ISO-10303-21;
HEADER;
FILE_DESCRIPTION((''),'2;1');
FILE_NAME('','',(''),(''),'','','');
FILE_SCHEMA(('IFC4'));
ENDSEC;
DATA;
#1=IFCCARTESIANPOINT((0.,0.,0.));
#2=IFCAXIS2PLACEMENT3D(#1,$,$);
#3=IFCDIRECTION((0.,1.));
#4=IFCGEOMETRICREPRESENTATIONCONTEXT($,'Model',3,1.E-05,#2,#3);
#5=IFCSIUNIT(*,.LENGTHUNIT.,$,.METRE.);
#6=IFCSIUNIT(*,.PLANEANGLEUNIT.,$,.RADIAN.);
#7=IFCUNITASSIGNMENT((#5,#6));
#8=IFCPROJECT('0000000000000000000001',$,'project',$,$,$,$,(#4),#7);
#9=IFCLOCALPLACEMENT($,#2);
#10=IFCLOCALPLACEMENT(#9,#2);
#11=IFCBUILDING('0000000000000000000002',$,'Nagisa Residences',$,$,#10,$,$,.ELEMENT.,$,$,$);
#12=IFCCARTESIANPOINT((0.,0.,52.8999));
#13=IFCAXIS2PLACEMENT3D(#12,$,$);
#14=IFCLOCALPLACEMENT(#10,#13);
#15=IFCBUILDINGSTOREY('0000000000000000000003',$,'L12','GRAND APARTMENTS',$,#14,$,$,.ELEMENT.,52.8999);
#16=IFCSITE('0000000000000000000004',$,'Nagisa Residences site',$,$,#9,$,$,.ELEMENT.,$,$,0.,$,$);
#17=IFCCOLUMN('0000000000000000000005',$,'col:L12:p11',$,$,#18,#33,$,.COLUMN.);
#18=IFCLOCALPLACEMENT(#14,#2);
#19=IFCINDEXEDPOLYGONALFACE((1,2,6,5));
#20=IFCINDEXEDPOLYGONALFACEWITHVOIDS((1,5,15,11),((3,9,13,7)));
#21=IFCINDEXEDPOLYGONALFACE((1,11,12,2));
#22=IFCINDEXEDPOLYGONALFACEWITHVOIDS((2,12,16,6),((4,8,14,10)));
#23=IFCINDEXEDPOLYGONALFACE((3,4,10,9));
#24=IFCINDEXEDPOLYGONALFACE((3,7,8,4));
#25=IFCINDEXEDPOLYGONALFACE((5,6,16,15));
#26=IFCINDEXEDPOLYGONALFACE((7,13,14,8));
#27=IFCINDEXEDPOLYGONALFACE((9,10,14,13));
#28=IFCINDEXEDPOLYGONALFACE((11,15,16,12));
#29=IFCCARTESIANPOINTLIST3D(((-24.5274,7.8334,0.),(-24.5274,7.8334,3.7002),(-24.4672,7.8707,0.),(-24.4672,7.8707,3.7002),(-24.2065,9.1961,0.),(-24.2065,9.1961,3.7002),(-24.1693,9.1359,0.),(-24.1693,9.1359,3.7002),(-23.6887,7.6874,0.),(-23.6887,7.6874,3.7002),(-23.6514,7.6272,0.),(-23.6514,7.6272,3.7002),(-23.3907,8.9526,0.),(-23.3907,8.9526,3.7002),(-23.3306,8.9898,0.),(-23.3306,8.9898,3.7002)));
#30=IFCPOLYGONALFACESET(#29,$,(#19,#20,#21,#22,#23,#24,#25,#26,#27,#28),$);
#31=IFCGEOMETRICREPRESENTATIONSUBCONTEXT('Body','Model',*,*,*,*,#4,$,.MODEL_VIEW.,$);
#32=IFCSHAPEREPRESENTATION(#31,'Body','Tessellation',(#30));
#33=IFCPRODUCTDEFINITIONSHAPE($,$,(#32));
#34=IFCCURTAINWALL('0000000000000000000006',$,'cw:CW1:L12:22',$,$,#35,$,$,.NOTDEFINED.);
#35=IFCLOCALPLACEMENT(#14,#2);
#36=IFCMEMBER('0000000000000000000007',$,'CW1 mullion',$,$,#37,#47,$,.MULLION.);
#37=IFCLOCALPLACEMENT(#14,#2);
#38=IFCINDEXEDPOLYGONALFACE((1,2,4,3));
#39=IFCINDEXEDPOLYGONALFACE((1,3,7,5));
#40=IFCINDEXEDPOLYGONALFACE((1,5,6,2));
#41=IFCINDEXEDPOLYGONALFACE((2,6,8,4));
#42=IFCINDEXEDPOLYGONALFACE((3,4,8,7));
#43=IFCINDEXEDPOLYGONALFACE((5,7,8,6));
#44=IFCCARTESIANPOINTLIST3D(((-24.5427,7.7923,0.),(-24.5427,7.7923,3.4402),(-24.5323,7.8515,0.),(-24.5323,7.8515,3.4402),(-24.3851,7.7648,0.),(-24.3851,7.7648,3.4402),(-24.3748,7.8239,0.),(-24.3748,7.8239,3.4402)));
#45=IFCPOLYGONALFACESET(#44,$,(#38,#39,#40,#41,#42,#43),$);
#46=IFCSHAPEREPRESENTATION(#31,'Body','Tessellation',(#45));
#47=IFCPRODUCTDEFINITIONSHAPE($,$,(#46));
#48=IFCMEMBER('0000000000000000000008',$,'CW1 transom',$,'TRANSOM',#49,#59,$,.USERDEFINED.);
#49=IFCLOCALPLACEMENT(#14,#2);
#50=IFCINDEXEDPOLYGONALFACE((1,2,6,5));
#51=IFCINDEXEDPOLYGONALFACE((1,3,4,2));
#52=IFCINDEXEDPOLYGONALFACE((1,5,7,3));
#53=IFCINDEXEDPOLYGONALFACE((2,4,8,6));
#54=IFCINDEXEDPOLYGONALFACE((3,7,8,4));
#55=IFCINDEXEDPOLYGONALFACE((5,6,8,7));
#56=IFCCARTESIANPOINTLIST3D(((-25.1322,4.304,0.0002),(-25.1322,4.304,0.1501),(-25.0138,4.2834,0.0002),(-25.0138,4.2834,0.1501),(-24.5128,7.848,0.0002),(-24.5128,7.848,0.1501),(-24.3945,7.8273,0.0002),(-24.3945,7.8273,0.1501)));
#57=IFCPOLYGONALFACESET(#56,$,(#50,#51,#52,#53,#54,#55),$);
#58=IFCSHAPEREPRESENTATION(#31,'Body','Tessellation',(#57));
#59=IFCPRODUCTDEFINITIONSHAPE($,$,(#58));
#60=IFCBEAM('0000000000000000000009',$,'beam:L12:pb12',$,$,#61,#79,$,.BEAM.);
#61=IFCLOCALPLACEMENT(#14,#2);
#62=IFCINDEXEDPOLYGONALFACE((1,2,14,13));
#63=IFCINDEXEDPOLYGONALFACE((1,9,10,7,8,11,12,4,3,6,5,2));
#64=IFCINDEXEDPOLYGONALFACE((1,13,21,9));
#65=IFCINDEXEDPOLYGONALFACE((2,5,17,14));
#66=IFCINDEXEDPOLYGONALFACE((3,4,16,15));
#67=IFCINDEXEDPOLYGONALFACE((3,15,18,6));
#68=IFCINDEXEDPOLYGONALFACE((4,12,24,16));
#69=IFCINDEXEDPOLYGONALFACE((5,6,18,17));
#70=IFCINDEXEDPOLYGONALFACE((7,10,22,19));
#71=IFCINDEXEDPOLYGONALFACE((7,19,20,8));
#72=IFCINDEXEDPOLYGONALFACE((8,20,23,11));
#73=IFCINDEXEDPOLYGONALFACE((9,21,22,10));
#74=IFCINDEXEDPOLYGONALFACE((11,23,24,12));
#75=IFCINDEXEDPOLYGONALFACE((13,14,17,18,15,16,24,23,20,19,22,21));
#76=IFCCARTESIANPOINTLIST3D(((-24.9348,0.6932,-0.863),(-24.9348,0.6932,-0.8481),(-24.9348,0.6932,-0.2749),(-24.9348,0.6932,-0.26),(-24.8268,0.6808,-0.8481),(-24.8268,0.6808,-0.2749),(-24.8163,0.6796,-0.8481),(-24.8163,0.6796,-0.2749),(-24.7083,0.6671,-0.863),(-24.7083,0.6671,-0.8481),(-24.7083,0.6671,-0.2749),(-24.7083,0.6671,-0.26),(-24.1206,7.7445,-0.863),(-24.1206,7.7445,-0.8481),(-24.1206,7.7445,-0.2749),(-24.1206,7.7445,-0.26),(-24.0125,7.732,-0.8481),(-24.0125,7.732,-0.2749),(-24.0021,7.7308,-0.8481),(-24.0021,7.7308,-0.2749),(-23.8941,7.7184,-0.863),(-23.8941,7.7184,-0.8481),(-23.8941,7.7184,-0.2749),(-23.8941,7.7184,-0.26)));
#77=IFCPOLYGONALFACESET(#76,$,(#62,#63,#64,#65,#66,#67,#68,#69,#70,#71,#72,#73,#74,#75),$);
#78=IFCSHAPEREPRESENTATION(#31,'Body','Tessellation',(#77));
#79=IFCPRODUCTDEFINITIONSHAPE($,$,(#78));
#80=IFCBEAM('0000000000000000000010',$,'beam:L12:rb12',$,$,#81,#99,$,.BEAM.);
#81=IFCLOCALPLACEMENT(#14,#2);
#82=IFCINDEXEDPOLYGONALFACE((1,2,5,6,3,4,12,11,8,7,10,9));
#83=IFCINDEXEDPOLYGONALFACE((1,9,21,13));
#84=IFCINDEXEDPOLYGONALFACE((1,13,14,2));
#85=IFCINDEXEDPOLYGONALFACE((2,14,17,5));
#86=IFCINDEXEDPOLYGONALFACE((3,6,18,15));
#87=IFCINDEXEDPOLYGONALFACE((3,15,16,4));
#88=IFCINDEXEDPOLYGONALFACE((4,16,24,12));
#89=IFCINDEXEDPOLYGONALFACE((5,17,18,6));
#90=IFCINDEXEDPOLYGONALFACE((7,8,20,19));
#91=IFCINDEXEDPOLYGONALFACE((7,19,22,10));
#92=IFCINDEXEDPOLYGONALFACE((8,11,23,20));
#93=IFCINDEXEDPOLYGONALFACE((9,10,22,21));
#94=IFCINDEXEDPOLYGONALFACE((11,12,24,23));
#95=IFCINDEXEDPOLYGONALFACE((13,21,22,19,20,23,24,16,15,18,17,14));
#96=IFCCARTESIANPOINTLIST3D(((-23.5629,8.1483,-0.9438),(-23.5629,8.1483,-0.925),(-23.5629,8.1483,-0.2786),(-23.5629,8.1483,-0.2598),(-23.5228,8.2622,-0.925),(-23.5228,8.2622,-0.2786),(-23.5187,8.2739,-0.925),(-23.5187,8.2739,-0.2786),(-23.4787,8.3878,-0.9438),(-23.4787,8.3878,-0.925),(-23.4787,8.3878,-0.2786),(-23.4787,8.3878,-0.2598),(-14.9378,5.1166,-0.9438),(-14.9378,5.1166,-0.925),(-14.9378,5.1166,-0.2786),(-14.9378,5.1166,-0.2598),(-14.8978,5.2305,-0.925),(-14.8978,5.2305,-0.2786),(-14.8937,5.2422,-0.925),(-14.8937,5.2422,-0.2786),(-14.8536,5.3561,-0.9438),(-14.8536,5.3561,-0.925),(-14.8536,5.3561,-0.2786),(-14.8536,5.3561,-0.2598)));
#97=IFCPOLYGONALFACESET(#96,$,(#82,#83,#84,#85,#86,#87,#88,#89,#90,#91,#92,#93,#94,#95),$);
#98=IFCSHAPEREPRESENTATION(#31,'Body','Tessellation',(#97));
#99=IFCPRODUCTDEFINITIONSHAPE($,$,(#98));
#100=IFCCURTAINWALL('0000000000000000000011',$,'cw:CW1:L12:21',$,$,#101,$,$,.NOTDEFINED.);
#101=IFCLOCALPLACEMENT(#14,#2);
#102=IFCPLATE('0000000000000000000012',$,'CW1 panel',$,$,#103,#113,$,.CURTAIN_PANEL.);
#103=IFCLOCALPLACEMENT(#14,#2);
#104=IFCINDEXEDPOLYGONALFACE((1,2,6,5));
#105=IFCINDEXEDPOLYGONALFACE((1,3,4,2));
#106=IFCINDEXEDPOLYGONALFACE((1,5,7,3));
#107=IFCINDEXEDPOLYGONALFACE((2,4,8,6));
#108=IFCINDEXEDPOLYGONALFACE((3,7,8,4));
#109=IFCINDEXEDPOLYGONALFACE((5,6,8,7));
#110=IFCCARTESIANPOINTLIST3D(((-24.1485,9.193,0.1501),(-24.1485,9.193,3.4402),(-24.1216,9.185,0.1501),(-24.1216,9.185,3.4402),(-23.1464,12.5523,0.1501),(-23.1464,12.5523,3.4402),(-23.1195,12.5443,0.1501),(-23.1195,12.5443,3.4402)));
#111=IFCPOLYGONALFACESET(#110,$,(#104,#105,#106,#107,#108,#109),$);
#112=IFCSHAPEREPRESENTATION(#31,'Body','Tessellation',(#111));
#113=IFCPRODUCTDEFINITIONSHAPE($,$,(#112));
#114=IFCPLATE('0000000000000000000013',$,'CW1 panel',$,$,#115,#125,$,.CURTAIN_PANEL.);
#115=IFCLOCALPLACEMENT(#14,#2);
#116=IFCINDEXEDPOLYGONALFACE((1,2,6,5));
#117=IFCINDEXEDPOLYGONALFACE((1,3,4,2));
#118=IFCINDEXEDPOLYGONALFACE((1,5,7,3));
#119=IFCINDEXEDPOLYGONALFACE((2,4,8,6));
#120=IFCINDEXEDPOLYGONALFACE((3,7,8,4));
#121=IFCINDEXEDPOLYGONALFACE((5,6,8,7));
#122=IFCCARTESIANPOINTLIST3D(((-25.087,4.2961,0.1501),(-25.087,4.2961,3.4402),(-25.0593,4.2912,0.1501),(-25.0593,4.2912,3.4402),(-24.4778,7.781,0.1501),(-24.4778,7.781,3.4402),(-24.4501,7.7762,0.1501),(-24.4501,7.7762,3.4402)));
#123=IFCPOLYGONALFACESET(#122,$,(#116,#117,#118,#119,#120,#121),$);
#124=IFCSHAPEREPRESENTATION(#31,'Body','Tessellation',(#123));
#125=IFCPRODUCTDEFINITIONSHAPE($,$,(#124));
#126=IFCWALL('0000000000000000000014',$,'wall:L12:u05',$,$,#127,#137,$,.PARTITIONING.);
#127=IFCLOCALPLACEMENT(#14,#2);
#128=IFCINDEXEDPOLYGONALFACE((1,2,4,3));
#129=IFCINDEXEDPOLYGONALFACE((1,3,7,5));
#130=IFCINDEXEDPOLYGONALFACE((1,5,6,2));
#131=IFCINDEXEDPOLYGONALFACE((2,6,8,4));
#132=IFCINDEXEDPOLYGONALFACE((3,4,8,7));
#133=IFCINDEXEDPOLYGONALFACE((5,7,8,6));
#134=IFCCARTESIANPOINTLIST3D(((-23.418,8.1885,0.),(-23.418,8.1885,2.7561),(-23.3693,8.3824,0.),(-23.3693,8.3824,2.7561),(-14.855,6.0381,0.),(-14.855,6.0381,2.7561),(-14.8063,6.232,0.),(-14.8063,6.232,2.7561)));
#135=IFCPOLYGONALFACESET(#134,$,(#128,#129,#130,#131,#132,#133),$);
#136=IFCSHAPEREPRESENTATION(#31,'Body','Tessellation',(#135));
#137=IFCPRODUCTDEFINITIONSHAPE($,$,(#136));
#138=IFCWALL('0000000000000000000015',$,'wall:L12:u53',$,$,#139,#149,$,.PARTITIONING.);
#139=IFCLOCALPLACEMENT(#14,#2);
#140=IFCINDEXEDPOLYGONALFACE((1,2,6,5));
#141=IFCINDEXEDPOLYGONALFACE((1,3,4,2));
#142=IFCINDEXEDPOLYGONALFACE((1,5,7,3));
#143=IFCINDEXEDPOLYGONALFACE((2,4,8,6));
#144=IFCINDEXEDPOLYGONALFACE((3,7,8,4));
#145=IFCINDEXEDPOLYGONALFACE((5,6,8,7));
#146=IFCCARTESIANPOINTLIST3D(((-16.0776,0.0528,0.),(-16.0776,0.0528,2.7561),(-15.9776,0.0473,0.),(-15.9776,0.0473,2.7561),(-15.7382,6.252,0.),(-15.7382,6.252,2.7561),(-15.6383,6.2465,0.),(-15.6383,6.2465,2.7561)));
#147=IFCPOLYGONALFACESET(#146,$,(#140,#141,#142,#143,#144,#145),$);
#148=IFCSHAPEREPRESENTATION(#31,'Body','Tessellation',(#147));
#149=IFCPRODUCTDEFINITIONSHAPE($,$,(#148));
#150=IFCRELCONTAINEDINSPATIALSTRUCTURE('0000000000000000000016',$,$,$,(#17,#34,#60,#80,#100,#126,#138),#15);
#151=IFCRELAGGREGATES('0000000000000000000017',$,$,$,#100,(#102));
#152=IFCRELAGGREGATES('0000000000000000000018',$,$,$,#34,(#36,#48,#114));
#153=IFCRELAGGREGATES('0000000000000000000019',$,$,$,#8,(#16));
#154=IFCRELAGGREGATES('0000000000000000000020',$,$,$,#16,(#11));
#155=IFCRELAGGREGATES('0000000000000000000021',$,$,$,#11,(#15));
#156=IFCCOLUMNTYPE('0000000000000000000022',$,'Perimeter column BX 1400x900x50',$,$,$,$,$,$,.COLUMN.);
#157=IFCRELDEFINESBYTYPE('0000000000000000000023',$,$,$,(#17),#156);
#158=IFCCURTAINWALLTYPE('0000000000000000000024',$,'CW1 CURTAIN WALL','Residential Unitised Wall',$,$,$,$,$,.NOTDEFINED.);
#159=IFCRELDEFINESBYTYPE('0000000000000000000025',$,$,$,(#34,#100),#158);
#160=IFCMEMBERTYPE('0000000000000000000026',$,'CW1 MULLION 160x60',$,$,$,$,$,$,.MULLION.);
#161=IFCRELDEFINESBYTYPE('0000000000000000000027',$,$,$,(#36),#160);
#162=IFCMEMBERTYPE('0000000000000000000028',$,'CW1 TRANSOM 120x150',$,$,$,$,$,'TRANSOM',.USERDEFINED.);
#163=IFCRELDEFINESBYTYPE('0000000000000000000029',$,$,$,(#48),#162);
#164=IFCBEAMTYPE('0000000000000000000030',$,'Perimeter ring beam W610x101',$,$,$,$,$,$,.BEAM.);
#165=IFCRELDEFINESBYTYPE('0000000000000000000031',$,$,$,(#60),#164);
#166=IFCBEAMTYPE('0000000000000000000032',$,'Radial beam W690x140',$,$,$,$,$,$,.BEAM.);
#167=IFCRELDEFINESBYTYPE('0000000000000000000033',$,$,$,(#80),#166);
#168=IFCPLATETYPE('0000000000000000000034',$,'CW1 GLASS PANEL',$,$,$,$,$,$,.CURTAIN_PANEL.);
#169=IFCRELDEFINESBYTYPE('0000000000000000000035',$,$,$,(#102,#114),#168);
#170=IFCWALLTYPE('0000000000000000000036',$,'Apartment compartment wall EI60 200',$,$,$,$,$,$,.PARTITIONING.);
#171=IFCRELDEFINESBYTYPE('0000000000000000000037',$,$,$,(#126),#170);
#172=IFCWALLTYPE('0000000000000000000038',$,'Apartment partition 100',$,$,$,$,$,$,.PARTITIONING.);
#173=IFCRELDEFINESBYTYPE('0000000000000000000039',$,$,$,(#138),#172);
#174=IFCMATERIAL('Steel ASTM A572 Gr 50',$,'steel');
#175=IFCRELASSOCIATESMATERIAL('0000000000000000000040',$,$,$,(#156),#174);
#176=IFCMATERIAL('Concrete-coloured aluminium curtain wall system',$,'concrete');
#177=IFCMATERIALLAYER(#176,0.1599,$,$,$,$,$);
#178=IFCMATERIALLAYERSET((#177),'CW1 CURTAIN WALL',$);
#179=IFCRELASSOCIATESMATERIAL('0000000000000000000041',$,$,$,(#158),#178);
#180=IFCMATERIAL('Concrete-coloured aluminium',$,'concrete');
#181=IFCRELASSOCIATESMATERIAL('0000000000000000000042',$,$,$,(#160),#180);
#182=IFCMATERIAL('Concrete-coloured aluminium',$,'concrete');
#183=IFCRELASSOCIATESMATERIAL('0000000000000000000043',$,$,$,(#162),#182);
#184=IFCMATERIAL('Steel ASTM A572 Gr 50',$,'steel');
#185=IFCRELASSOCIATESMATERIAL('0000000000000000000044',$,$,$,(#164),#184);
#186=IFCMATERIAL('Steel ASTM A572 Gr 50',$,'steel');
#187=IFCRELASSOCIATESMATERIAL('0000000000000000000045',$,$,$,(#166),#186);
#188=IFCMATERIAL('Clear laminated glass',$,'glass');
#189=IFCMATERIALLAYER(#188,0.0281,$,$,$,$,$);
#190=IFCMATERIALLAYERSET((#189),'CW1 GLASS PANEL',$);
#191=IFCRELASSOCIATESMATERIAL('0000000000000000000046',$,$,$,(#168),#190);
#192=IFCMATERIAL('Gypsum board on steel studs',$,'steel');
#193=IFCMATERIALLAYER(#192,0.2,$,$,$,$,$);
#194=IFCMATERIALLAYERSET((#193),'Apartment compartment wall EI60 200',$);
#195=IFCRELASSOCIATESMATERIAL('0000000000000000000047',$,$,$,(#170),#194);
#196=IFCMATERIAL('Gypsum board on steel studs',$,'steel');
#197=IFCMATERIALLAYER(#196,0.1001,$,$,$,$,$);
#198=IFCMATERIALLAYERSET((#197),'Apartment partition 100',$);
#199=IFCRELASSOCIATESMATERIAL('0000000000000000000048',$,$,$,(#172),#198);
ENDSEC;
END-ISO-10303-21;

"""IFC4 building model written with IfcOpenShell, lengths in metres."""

from ifc_helpers import new_model, si_unit, direction, frame, frame_2d, origin, origin_2d, place, context, subcontext, project, spatial, rectangle, hollow_rectangle, i_section, extrude, material, layer, layer_set, material_profile, profile_set, type_object, element, aggregate, save


model = new_model("IFC4")

# Units and contexts
model_context = context("Model", 3, precision=1e-05, world=origin(), true_north=direction((0.0, 1.0)))
body_context = subcontext(model_context, "Body", "Model", "MODEL_VIEW")
ifc_project = project(units=[si_unit("LENGTHUNIT", "METRE"), si_unit("PLANEANGLEUNIT", "RADIAN")], contexts=[model_context])

# Site, building, storey
site_placement = place(None, origin())
site = spatial("IfcSite", under=ifc_project, at=site_placement, Name="Nagisa Residences site", CompositionType="ELEMENT", RefElevation=0.0)
building_placement = place(site_placement, origin())
building = spatial("IfcBuilding", under=site, at=building_placement, Name="Nagisa Residences", CompositionType="ELEMENT")
storey_placement = place(building_placement, frame((0.0, 0.0, 52.8999)))
storey = spatial("IfcBuildingStorey", under=building, at=storey_placement, Name="L12", Description="GRAND APARTMENTS", CompositionType="ELEMENT", Elevation=52.8999)

# Column
ifc_material_1 = material(Name="Steel ASTM A572 Gr 50", Category="steel")
ifc_material_profile_1 = material_profile(ifc_material_1, hollow_rectangle(XDim=1.3999, YDim=0.8999, WallThickness=0.05, at=origin_2d()), Name="BX 1400x900x50")
ifc_profile_set_1 = profile_set([ifc_material_profile_1], Name="Steel ASTM A572 Gr 50")
column_type = type_object("IfcColumnType", Name="Perimeter column BX 1400x900x50", PredefinedType="COLUMN", material=ifc_profile_set_1)
column_placement = place(storey_placement, frame((-23.929, 8.4116, 0.0), z_axis=(0.0, 0.0, 1.0), x_axis=(-0.229202, -0.973379, 0.0)))
element("IfcColumn", 1, at=column_placement, inside=storey, type_object=column_type, Name="col:L12:p11", PredefinedType="COLUMN", context=body_context, shape_type="SweptSolid", body=[
    extrude(hollow_rectangle(XDim=1.3999, YDim=0.8999, WallThickness=0.05, at=origin_2d()), origin(), (0.0, 0.0, 1.0), 3.7002),
])

# Curtain wall, members
ifc_material_2 = material(Name="Concrete-coloured aluminium curtain wall system", Category="concrete")
ifc_layer_1 = layer(ifc_material_2, 0.1599)
ifc_layer_set_1 = layer_set([ifc_layer_1], Name="CW1 CURTAIN WALL")
curtain_wall_type = type_object("IfcCurtainWallType", Name="CW1 CURTAIN WALL", Description="Residential Unitised Wall", PredefinedType="NOTDEFINED", material=ifc_layer_set_1)
curtain_wall_1_placement = place(storey_placement, origin())
curtain_wall_1 = element("IfcCurtainWall", 2, at=curtain_wall_1_placement, inside=storey, type_object=curtain_wall_type, Name="cw:CW1:L12:22", PredefinedType="NOTDEFINED")
ifc_material_3 = material(Name="Concrete-coloured aluminium", Category="concrete")
ifc_material_profile_2 = material_profile(ifc_material_3, rectangle(XDim=0.1599, YDim=0.0601, at=origin_2d()), Name="CW1 MULLION 160x60")
ifc_profile_set_2 = profile_set([ifc_material_profile_2], Name="Concrete-coloured aluminium")
member_type_1 = type_object("IfcMemberType", Name="CW1 MULLION 160x60", PredefinedType="MULLION", material=ifc_profile_set_2)
member_1_placement = place(storey_placement, frame((-24.4587, 7.8081, 0.0), z_axis=(0.0, 0.0, 1.0), x_axis=(0.985064, -0.172191, 0.0)))
member_1 = element("IfcMember", 3, at=member_1_placement, type_object=member_type_1, Name="CW1 mullion", PredefinedType="MULLION", context=body_context, shape_type="SweptSolid", body=[
    extrude(rectangle(XDim=0.1599, YDim=0.0601, at=origin_2d()), origin(), (0.0, 0.0, 1.0), 3.4402),
])
ifc_material_4 = material(Name="Concrete-coloured aluminium", Category="concrete")
ifc_material_profile_3 = material_profile(ifc_material_4, rectangle(XDim=0.1201, YDim=0.1499, at=origin_2d()), Name="CW1 TRANSOM 120x150")
ifc_profile_set_3 = profile_set([ifc_material_profile_3], Name="Concrete-coloured aluminium")
member_type_2 = type_object("IfcMemberType", Name="CW1 TRANSOM 120x150", ElementType="TRANSOM", PredefinedType="USERDEFINED", material=ifc_profile_set_3)
member_2_placement = place(storey_placement, frame((-24.4536, 7.8376, 0.0752), z_axis=(-0.172163, -0.985068, 0.0), x_axis=(0.985068, -0.172163, 0.0)))
member_2 = element("IfcMember", 4, at=member_2_placement, type_object=member_type_2, Name="CW1 transom", ObjectType="TRANSOM", PredefinedType="USERDEFINED", context=body_context, shape_type="SweptSolid", body=[
    extrude(rectangle(XDim=0.1201, YDim=0.1499, at=origin_2d()), origin(), (0.0, 0.0, 1.0), 3.5977),
])

# Beams
ifc_material_5 = material(Name="Steel ASTM A572 Gr 50", Category="steel")
ifc_material_profile_4 = material_profile(ifc_material_5, i_section(OverallWidth=0.228, OverallDepth=0.603, WebThickness=0.0105, FlangeThickness=0.0149, at=origin_2d()), Name="W610x101")
ifc_profile_set_4 = profile_set([ifc_material_profile_4], Name="Steel ASTM A572 Gr 50")
beam_type_1 = type_object("IfcBeamType", Name="Perimeter ring beam W610x101", PredefinedType="BEAM", material=ifc_profile_set_4)
beam_1_placement = place(storey_placement, frame((-24.0073, 7.7314, -0.5615), z_axis=(-0.114708, -0.993399, 0.0), x_axis=(0.993399, -0.114708, 0.0)))
element("IfcBeam", 5, at=beam_1_placement, inside=storey, type_object=beam_type_1, Name="beam:L12:pb12", PredefinedType="BEAM", context=body_context, shape_type="SweptSolid", body=[
    extrude(i_section(OverallWidth=0.228, OverallDepth=0.603, WebThickness=0.0105, FlangeThickness=0.0149, at=origin_2d()), origin(), (0.0, 0.0, 1.0), 7.0981),
])
ifc_material_6 = material(Name="Steel ASTM A572 Gr 50", Category="steel")
ifc_material_profile_5 = material_profile(ifc_material_6, i_section(OverallWidth=0.2539, OverallDepth=0.6841, WebThickness=0.0125, FlangeThickness=0.0188, at=origin_2d()), Name="W690x140")
ifc_profile_set_5 = profile_set([ifc_material_profile_5], Name="Steel ASTM A572 Gr 50")
beam_type_2 = type_object("IfcBeamType", Name="Radial beam W690x140", PredefinedType="BEAM", material=ifc_profile_set_5)
beam_2_placement = place(storey_placement, frame((-23.5208, 8.2681, -0.6018), z_axis=(0.943415, -0.331616, 0.0), x_axis=(0.331616, 0.943415, 0.0)))
element("IfcBeam", 6, at=beam_2_placement, inside=storey, type_object=beam_type_2, Name="beam:L12:rb12", PredefinedType="BEAM", context=body_context, shape_type="SweptSolid", body=[
    extrude(i_section(OverallWidth=0.2539, OverallDepth=0.6841, WebThickness=0.0125, FlangeThickness=0.0188, at=origin_2d()), origin(), (0.0, 0.0, 1.0), 9.1423),
])

# Curtain wall, plate
curtain_wall_2_placement = place(storey_placement, origin())
curtain_wall_2 = element("IfcCurtainWall", 7, at=curtain_wall_2_placement, inside=storey, type_object=curtain_wall_type, Name="cw:CW1:L12:21", PredefinedType="NOTDEFINED")
ifc_material_7 = material(Name="Clear laminated glass", Category="glass")
ifc_layer_2 = layer(ifc_material_7, 0.0281)
ifc_layer_set_2 = layer_set([ifc_layer_2], Name="CW1 GLASS PANEL")
plate_type = type_object("IfcPlateType", Name="CW1 GLASS PANEL", PredefinedType="CURTAIN_PANEL", material=ifc_layer_set_2)
plate_1_placement = place(storey_placement, frame((-23.634, 10.8687, 0.1501), z_axis=(0.0, 0.0, 1.0), x_axis=(-0.28586, -0.958271, 0.0)))
plate_1 = element("IfcPlate", 8, at=plate_1_placement, type_object=plate_type, Name="CW1 panel", PredefinedType="CURTAIN_PANEL", context=body_context, shape_type="SweptSolid", body=[
    extrude(rectangle(XDim=3.5056, YDim=0.0281, at=origin_2d()), origin(), (0.0, 0.0, 1.0), 3.29),
])
aggregate(curtain_wall_2, [plate_1])

# Plate
plate_2_placement = place(storey_placement, frame((-24.7686, 6.0361, 0.1501), z_axis=(0.0, 0.0, 1.0), x_axis=(-0.172191, -0.985064, 0.0)))
plate_2 = element("IfcPlate", 9, at=plate_2_placement, type_object=plate_type, Name="CW1 panel", PredefinedType="CURTAIN_PANEL", context=body_context, shape_type="SweptSolid", body=[
    extrude(rectangle(XDim=3.5378, YDim=0.0281, at=origin_2d()), origin(), (0.0, 0.0, 1.0), 3.29),
])
aggregate(curtain_wall_1, [member_1, member_2, plate_2])

# Walls
ifc_material_8 = material(Name="Gypsum board on steel studs", Category="steel")
ifc_layer_3 = layer(ifc_material_8, 0.2)
ifc_layer_set_3 = layer_set([ifc_layer_3], Name="Apartment compartment wall EI60 200")
wall_type_1 = type_object("IfcWallType", Name="Apartment compartment wall EI60 200", PredefinedType="PARTITIONING", material=ifc_layer_set_3)
wall_1_placement = place(storey_placement, frame((-14.8306, 6.135, 0.0), z_axis=(0.0, 0.0, 1.0), x_axis=(-0.969885, 0.243564, 0.0)))
element("IfcWall", 10, at=wall_1_placement, inside=storey, type_object=wall_type_1, Name="wall:L12:u05", PredefinedType="PARTITIONING", context=body_context, shape_type="SweptSolid", body=[
    extrude(rectangle(XDim=8.8289, YDim=0.2, at=frame_2d((4.4146, 0.0))), origin(), (0.0, 0.0, 1.0), 2.7561),
])
ifc_material_9 = material(Name="Gypsum board on steel studs", Category="steel")
ifc_layer_4 = layer(ifc_material_9, 0.1001)
ifc_layer_set_4 = layer_set([ifc_layer_4], Name="Apartment partition 100")
wall_type_2 = type_object("IfcWallType", Name="Apartment partition 100", PredefinedType="PARTITIONING", material=ifc_layer_set_4)
wall_2_placement = place(storey_placement, frame((-15.6882, 6.2493, 0.0), z_axis=(0.0, 0.0, 1.0), x_axis=(-0.05466, -0.998505, 0.0)))
element("IfcWall", 11, at=wall_2_placement, inside=storey, type_object=wall_type_2, Name="wall:L12:u53", PredefinedType="PARTITIONING", context=body_context, shape_type="SweptSolid", body=[
    extrude(rectangle(XDim=6.2085, YDim=0.1001, at=frame_2d((3.1042, 0.0))), origin(), (0.0, 0.0, 1.0), 2.7561),
])

save(model, "model.ifc")
